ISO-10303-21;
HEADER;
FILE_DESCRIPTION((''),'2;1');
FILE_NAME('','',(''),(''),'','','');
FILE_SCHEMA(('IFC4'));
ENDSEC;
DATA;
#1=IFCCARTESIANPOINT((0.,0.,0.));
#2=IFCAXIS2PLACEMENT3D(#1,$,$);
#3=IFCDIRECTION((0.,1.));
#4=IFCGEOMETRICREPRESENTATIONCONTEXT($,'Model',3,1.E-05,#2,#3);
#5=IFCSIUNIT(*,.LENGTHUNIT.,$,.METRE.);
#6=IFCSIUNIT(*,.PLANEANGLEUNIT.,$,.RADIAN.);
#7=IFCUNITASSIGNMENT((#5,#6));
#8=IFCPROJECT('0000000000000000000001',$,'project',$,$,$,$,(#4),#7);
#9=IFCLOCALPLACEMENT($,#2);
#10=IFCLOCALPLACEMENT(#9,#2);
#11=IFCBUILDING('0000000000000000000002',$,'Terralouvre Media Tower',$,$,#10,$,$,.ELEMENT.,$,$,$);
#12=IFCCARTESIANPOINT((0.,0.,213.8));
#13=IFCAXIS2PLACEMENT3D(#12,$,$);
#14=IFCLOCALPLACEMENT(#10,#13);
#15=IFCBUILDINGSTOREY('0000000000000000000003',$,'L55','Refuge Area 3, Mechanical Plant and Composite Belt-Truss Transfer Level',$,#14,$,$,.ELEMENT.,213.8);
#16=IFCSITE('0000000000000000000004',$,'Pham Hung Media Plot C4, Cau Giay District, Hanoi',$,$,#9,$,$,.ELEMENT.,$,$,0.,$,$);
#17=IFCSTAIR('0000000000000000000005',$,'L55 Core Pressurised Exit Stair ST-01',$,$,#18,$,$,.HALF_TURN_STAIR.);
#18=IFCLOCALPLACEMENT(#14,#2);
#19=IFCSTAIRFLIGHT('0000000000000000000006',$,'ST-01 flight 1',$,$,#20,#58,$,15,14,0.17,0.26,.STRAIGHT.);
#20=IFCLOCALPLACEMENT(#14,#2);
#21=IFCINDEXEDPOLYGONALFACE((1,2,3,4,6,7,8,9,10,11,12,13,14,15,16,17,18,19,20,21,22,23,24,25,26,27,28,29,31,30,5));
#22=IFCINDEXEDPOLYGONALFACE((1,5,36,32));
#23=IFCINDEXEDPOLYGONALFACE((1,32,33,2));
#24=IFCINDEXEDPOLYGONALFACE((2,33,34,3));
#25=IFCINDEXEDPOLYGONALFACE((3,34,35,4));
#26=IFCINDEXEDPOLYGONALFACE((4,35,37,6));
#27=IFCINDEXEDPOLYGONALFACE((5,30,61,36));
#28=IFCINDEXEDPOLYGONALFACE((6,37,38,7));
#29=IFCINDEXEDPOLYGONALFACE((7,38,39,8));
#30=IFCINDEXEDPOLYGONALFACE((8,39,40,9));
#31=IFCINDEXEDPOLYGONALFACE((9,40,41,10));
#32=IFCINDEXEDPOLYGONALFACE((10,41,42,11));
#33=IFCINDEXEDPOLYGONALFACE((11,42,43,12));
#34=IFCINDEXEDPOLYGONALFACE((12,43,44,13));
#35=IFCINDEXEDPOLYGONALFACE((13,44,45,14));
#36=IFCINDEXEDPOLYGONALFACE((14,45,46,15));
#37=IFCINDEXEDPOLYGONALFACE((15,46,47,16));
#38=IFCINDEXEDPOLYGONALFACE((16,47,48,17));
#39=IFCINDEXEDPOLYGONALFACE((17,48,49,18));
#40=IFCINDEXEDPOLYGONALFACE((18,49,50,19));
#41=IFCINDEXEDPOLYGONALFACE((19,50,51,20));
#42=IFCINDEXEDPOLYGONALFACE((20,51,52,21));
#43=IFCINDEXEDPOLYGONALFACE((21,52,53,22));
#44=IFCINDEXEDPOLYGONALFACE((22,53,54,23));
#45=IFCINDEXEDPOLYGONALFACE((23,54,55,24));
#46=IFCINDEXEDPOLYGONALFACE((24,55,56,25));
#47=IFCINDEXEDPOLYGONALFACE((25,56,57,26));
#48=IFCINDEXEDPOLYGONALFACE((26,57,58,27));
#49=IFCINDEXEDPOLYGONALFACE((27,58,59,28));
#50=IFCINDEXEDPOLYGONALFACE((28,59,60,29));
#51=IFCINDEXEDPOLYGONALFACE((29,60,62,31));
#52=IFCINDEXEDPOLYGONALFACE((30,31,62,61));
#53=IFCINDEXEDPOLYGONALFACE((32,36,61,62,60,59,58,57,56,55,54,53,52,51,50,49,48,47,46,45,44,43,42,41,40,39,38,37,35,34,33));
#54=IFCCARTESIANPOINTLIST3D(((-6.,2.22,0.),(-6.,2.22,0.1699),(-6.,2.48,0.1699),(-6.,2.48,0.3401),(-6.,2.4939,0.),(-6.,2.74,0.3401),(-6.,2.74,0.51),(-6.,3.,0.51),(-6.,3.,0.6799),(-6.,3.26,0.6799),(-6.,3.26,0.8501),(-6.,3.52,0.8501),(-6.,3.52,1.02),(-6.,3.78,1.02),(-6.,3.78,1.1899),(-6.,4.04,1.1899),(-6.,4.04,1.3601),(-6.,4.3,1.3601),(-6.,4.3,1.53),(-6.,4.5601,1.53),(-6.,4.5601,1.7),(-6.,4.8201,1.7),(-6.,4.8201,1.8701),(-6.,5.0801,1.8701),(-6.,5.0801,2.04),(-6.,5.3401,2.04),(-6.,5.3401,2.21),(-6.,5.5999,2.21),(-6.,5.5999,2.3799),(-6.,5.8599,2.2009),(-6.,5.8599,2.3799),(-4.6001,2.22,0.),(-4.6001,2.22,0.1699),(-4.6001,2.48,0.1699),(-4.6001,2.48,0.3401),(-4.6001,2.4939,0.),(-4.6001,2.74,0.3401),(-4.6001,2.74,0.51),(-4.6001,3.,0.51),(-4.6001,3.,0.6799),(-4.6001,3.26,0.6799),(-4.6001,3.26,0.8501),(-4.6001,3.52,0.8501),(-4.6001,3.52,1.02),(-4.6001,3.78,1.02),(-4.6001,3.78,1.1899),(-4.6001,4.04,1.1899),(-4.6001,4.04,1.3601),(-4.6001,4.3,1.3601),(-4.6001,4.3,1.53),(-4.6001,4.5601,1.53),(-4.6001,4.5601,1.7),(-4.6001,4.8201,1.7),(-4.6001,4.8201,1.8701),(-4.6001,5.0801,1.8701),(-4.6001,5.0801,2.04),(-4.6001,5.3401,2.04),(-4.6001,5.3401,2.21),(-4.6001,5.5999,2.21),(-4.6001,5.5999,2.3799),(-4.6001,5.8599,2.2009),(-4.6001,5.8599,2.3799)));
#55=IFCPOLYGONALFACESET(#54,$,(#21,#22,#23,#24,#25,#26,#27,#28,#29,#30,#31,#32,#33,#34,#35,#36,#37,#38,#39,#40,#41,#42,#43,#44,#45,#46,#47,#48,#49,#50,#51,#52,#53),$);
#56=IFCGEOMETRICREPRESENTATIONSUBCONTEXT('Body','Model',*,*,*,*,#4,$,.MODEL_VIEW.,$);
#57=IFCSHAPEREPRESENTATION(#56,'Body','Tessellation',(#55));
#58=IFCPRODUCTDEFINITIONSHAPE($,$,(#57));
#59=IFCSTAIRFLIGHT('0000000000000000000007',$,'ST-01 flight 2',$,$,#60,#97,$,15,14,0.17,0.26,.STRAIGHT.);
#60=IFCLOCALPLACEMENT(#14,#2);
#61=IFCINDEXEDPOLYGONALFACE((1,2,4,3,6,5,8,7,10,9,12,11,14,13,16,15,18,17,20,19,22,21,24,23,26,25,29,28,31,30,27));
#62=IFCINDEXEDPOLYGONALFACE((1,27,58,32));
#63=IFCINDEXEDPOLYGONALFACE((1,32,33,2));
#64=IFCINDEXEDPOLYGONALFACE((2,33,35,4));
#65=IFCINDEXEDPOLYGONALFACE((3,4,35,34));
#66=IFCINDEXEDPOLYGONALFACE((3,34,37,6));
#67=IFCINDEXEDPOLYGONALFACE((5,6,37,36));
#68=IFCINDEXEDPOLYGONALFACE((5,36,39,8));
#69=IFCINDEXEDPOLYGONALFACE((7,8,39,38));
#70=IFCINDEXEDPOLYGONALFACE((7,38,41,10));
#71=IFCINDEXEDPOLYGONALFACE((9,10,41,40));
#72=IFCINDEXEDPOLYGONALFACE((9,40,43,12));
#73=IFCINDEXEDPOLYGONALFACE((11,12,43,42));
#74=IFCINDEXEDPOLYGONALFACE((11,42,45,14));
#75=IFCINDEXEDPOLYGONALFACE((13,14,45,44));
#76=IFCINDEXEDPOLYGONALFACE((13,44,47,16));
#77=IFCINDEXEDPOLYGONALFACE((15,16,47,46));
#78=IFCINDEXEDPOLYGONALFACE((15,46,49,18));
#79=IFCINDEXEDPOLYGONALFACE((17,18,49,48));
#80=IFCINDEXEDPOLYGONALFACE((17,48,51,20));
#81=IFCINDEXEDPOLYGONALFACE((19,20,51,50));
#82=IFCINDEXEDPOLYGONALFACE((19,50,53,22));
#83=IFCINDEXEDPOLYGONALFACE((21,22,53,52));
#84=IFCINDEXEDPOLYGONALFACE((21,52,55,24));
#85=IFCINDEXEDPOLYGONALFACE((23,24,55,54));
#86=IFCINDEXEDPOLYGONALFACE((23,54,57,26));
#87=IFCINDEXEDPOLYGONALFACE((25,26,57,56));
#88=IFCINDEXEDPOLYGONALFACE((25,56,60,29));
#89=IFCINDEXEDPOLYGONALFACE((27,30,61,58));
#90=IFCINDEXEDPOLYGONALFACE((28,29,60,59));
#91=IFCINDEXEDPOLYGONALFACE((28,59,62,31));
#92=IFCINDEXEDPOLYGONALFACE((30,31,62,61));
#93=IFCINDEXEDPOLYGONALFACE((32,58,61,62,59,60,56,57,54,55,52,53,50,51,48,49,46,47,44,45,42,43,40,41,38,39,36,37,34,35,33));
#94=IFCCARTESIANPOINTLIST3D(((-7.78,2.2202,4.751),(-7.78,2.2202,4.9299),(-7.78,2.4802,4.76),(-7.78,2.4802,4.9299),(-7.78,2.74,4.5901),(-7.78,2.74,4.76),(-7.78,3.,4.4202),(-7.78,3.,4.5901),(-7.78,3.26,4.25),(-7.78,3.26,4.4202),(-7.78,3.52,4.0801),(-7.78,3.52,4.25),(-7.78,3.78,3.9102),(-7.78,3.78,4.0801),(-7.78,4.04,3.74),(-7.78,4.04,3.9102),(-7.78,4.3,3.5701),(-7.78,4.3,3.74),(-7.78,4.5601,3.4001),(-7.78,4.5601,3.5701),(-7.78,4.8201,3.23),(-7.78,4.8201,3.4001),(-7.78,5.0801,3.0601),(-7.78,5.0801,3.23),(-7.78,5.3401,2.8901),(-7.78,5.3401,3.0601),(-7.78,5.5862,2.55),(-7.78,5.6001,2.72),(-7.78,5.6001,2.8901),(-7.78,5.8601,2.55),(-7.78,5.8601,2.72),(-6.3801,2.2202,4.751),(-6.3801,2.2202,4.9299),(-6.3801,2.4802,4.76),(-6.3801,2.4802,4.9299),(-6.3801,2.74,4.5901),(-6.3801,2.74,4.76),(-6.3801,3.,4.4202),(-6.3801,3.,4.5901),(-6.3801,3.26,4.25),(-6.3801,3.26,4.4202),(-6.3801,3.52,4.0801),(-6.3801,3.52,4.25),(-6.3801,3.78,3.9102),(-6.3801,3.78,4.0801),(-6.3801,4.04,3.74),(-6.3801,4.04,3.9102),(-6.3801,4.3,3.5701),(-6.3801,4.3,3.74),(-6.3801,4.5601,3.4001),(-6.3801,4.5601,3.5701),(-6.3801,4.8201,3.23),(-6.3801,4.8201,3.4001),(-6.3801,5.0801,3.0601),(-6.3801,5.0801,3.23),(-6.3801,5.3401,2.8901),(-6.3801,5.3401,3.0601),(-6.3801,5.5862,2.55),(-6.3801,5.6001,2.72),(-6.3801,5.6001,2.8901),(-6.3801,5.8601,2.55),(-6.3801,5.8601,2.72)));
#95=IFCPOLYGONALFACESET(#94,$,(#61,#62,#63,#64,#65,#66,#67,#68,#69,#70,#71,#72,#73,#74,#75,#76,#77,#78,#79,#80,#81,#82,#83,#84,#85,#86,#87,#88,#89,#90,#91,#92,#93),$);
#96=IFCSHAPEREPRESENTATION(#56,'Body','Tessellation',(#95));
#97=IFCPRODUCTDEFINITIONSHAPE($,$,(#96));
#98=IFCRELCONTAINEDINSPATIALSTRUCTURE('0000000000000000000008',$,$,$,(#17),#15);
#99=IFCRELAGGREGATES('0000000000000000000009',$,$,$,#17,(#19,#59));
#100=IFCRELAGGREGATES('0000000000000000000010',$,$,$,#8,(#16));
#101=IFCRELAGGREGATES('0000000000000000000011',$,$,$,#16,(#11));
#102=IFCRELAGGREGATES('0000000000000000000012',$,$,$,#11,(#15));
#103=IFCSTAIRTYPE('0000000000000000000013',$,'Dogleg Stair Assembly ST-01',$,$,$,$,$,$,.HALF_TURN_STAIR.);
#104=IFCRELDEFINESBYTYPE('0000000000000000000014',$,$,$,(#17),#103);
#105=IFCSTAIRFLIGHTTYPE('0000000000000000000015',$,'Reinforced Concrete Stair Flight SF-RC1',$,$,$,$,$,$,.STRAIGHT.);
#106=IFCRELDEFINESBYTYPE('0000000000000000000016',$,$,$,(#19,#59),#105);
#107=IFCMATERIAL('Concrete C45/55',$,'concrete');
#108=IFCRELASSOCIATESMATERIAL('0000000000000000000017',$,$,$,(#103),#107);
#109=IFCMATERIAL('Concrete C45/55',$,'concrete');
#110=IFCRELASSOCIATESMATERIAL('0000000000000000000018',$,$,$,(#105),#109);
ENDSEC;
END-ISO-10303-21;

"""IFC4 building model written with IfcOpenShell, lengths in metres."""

from ifc_helpers import new_model, si_unit, direction, frame, origin, place, context, subcontext, project, spatial, polyline, outline, extrude, material, type_object, element, aggregate, save


model = new_model("IFC4")

# Units and contexts
model_context = context("Model", 3, precision=1e-05, world=origin(), true_north=direction((0.0, 1.0)))
body_context = subcontext(model_context, "Body", "Model", "MODEL_VIEW")
ifc_project = project(units=[si_unit("LENGTHUNIT", "METRE"), si_unit("PLANEANGLEUNIT", "RADIAN")], contexts=[model_context])

# Site, building, storey
site_placement = place(None, origin())
site = spatial("IfcSite", under=ifc_project, at=site_placement, Name="Pham Hung Media Plot C4, Cau Giay District, Hanoi", CompositionType="ELEMENT", RefElevation=0.0)
building_placement = place(site_placement, origin())
building = spatial("IfcBuilding", under=site, at=building_placement, Name="Terralouvre Media Tower", CompositionType="ELEMENT")
storey_placement = place(building_placement, frame((0.0, 0.0, 213.8)))
storey = spatial("IfcBuildingStorey", under=building, at=storey_placement, Name="L55", Description="Refuge Area 3, Mechanical Plant and Composite Belt-Truss Transfer Level", CompositionType="ELEMENT", Elevation=213.8)

# Stair, stair flights
ifc_material_1 = material(Name="Concrete C45/55", Category="concrete")
stair_type = type_object("IfcStairType", Name="Dogleg Stair Assembly ST-01", PredefinedType="HALF_TURN_STAIR", material=ifc_material_1)
stair_placement = place(storey_placement, origin())
stair = element("IfcStair", 1, at=stair_placement, inside=storey, type_object=stair_type, Name="L55 Core Pressurised Exit Stair ST-01", PredefinedType="HALF_TURN_STAIR")
ifc_material_2 = material(Name="Concrete C45/55", Category="concrete")
stair_flight_type = type_object("IfcStairFlightType", Name="Reinforced Concrete Stair Flight SF-RC1", PredefinedType="STRAIGHT", material=ifc_material_2)
stair_flight_1_placement = place(storey_placement, frame((-5.3, 2.22, 0.0), z_axis=(0.0, 0.0, 1.0), x_axis=(0.0, 1.0, 0.0)))
stair_flight_1 = element("IfcStairFlight", 2, at=stair_flight_1_placement, type_object=stair_flight_type, Name="ST-01 flight 1", NumberOfRisers=15, NumberOfTreads=14, PredefinedType="STRAIGHT", RiserHeight=0.17, TreadLength=0.26, context=body_context, shape_type="SweptSolid", body=[
    extrude(outline(polyline([(0.0, 0.0), (0.0, 0.1699), (0.26, 0.1699), (0.26, 0.3401), (0.52, 0.3401), (0.52, 0.51), (0.78, 0.51), (0.78, 0.6799), (1.04, 0.6799), (1.04, 0.8501), (1.3, 0.8501), (1.3, 1.02), (1.5601, 1.02), (1.5601, 1.1899), (1.8201, 1.1899), (1.8201, 1.3601), (2.0801, 1.3601), (2.0801, 1.53), (2.3401, 1.53), (2.3401, 1.7), (2.6001, 1.7), (2.6001, 1.8701), (2.8601, 1.8701), (2.8601, 2.04), (3.1201, 2.04), (3.1201, 2.21), (3.3799, 2.21), (3.3799, 2.3799), (3.6399, 2.3799), (3.6399, 2.55), (3.6399, 2.2009), (0.2739, 0.0), (0.0, 0.0)])), frame((0.0, 0.7, 0.0), z_axis=(0.0, -1.0, 0.0), x_axis=(1.0, 0.0, 0.0)), (0.0, 0.0, 1.0), 1.3999),
])
stair_flight_2_placement = place(storey_placement, frame((-7.0801, 5.8601, 2.55), z_axis=(0.0, 0.0, 1.0), x_axis=(0.0, -1.0, 0.0)))
stair_flight_2 = element("IfcStairFlight", 3, at=stair_flight_2_placement, type_object=stair_flight_type, Name="ST-01 flight 2", NumberOfRisers=15, NumberOfTreads=14, PredefinedType="STRAIGHT", RiserHeight=0.17, TreadLength=0.26, context=body_context, shape_type="SweptSolid", body=[
    extrude(outline(polyline([(0.0, 0.0), (0.0, 0.1699), (0.26, 0.1699), (0.26, 0.3401), (0.52, 0.3401), (0.52, 0.51), (0.78, 0.51), (0.78, 0.6799), (1.04, 0.6799), (1.04, 0.8501), (1.3, 0.8501), (1.3, 1.02), (1.5601, 1.02), (1.5601, 1.1899), (1.8201, 1.1899), (1.8201, 1.3601), (2.0801, 1.3601), (2.0801, 1.53), (2.3401, 1.53), (2.3401, 1.7), (2.6001, 1.7), (2.6001, 1.8701), (2.8601, 1.8701), (2.8601, 2.04), (3.1201, 2.04), (3.1201, 2.21), (3.3799, 2.21), (3.3799, 2.3799), (3.6399, 2.3799), (3.6399, 2.55), (3.6399, 2.2009), (0.2739, 0.0), (0.0, 0.0)])), frame((0.0, 0.7, 0.0), z_axis=(0.0, -1.0, 0.0), x_axis=(1.0, 0.0, 0.0)), (0.0, 0.0, 1.0), 1.3999),
])
aggregate(stair, [stair_flight_1, stair_flight_2])

save(model, "model.ifc")
